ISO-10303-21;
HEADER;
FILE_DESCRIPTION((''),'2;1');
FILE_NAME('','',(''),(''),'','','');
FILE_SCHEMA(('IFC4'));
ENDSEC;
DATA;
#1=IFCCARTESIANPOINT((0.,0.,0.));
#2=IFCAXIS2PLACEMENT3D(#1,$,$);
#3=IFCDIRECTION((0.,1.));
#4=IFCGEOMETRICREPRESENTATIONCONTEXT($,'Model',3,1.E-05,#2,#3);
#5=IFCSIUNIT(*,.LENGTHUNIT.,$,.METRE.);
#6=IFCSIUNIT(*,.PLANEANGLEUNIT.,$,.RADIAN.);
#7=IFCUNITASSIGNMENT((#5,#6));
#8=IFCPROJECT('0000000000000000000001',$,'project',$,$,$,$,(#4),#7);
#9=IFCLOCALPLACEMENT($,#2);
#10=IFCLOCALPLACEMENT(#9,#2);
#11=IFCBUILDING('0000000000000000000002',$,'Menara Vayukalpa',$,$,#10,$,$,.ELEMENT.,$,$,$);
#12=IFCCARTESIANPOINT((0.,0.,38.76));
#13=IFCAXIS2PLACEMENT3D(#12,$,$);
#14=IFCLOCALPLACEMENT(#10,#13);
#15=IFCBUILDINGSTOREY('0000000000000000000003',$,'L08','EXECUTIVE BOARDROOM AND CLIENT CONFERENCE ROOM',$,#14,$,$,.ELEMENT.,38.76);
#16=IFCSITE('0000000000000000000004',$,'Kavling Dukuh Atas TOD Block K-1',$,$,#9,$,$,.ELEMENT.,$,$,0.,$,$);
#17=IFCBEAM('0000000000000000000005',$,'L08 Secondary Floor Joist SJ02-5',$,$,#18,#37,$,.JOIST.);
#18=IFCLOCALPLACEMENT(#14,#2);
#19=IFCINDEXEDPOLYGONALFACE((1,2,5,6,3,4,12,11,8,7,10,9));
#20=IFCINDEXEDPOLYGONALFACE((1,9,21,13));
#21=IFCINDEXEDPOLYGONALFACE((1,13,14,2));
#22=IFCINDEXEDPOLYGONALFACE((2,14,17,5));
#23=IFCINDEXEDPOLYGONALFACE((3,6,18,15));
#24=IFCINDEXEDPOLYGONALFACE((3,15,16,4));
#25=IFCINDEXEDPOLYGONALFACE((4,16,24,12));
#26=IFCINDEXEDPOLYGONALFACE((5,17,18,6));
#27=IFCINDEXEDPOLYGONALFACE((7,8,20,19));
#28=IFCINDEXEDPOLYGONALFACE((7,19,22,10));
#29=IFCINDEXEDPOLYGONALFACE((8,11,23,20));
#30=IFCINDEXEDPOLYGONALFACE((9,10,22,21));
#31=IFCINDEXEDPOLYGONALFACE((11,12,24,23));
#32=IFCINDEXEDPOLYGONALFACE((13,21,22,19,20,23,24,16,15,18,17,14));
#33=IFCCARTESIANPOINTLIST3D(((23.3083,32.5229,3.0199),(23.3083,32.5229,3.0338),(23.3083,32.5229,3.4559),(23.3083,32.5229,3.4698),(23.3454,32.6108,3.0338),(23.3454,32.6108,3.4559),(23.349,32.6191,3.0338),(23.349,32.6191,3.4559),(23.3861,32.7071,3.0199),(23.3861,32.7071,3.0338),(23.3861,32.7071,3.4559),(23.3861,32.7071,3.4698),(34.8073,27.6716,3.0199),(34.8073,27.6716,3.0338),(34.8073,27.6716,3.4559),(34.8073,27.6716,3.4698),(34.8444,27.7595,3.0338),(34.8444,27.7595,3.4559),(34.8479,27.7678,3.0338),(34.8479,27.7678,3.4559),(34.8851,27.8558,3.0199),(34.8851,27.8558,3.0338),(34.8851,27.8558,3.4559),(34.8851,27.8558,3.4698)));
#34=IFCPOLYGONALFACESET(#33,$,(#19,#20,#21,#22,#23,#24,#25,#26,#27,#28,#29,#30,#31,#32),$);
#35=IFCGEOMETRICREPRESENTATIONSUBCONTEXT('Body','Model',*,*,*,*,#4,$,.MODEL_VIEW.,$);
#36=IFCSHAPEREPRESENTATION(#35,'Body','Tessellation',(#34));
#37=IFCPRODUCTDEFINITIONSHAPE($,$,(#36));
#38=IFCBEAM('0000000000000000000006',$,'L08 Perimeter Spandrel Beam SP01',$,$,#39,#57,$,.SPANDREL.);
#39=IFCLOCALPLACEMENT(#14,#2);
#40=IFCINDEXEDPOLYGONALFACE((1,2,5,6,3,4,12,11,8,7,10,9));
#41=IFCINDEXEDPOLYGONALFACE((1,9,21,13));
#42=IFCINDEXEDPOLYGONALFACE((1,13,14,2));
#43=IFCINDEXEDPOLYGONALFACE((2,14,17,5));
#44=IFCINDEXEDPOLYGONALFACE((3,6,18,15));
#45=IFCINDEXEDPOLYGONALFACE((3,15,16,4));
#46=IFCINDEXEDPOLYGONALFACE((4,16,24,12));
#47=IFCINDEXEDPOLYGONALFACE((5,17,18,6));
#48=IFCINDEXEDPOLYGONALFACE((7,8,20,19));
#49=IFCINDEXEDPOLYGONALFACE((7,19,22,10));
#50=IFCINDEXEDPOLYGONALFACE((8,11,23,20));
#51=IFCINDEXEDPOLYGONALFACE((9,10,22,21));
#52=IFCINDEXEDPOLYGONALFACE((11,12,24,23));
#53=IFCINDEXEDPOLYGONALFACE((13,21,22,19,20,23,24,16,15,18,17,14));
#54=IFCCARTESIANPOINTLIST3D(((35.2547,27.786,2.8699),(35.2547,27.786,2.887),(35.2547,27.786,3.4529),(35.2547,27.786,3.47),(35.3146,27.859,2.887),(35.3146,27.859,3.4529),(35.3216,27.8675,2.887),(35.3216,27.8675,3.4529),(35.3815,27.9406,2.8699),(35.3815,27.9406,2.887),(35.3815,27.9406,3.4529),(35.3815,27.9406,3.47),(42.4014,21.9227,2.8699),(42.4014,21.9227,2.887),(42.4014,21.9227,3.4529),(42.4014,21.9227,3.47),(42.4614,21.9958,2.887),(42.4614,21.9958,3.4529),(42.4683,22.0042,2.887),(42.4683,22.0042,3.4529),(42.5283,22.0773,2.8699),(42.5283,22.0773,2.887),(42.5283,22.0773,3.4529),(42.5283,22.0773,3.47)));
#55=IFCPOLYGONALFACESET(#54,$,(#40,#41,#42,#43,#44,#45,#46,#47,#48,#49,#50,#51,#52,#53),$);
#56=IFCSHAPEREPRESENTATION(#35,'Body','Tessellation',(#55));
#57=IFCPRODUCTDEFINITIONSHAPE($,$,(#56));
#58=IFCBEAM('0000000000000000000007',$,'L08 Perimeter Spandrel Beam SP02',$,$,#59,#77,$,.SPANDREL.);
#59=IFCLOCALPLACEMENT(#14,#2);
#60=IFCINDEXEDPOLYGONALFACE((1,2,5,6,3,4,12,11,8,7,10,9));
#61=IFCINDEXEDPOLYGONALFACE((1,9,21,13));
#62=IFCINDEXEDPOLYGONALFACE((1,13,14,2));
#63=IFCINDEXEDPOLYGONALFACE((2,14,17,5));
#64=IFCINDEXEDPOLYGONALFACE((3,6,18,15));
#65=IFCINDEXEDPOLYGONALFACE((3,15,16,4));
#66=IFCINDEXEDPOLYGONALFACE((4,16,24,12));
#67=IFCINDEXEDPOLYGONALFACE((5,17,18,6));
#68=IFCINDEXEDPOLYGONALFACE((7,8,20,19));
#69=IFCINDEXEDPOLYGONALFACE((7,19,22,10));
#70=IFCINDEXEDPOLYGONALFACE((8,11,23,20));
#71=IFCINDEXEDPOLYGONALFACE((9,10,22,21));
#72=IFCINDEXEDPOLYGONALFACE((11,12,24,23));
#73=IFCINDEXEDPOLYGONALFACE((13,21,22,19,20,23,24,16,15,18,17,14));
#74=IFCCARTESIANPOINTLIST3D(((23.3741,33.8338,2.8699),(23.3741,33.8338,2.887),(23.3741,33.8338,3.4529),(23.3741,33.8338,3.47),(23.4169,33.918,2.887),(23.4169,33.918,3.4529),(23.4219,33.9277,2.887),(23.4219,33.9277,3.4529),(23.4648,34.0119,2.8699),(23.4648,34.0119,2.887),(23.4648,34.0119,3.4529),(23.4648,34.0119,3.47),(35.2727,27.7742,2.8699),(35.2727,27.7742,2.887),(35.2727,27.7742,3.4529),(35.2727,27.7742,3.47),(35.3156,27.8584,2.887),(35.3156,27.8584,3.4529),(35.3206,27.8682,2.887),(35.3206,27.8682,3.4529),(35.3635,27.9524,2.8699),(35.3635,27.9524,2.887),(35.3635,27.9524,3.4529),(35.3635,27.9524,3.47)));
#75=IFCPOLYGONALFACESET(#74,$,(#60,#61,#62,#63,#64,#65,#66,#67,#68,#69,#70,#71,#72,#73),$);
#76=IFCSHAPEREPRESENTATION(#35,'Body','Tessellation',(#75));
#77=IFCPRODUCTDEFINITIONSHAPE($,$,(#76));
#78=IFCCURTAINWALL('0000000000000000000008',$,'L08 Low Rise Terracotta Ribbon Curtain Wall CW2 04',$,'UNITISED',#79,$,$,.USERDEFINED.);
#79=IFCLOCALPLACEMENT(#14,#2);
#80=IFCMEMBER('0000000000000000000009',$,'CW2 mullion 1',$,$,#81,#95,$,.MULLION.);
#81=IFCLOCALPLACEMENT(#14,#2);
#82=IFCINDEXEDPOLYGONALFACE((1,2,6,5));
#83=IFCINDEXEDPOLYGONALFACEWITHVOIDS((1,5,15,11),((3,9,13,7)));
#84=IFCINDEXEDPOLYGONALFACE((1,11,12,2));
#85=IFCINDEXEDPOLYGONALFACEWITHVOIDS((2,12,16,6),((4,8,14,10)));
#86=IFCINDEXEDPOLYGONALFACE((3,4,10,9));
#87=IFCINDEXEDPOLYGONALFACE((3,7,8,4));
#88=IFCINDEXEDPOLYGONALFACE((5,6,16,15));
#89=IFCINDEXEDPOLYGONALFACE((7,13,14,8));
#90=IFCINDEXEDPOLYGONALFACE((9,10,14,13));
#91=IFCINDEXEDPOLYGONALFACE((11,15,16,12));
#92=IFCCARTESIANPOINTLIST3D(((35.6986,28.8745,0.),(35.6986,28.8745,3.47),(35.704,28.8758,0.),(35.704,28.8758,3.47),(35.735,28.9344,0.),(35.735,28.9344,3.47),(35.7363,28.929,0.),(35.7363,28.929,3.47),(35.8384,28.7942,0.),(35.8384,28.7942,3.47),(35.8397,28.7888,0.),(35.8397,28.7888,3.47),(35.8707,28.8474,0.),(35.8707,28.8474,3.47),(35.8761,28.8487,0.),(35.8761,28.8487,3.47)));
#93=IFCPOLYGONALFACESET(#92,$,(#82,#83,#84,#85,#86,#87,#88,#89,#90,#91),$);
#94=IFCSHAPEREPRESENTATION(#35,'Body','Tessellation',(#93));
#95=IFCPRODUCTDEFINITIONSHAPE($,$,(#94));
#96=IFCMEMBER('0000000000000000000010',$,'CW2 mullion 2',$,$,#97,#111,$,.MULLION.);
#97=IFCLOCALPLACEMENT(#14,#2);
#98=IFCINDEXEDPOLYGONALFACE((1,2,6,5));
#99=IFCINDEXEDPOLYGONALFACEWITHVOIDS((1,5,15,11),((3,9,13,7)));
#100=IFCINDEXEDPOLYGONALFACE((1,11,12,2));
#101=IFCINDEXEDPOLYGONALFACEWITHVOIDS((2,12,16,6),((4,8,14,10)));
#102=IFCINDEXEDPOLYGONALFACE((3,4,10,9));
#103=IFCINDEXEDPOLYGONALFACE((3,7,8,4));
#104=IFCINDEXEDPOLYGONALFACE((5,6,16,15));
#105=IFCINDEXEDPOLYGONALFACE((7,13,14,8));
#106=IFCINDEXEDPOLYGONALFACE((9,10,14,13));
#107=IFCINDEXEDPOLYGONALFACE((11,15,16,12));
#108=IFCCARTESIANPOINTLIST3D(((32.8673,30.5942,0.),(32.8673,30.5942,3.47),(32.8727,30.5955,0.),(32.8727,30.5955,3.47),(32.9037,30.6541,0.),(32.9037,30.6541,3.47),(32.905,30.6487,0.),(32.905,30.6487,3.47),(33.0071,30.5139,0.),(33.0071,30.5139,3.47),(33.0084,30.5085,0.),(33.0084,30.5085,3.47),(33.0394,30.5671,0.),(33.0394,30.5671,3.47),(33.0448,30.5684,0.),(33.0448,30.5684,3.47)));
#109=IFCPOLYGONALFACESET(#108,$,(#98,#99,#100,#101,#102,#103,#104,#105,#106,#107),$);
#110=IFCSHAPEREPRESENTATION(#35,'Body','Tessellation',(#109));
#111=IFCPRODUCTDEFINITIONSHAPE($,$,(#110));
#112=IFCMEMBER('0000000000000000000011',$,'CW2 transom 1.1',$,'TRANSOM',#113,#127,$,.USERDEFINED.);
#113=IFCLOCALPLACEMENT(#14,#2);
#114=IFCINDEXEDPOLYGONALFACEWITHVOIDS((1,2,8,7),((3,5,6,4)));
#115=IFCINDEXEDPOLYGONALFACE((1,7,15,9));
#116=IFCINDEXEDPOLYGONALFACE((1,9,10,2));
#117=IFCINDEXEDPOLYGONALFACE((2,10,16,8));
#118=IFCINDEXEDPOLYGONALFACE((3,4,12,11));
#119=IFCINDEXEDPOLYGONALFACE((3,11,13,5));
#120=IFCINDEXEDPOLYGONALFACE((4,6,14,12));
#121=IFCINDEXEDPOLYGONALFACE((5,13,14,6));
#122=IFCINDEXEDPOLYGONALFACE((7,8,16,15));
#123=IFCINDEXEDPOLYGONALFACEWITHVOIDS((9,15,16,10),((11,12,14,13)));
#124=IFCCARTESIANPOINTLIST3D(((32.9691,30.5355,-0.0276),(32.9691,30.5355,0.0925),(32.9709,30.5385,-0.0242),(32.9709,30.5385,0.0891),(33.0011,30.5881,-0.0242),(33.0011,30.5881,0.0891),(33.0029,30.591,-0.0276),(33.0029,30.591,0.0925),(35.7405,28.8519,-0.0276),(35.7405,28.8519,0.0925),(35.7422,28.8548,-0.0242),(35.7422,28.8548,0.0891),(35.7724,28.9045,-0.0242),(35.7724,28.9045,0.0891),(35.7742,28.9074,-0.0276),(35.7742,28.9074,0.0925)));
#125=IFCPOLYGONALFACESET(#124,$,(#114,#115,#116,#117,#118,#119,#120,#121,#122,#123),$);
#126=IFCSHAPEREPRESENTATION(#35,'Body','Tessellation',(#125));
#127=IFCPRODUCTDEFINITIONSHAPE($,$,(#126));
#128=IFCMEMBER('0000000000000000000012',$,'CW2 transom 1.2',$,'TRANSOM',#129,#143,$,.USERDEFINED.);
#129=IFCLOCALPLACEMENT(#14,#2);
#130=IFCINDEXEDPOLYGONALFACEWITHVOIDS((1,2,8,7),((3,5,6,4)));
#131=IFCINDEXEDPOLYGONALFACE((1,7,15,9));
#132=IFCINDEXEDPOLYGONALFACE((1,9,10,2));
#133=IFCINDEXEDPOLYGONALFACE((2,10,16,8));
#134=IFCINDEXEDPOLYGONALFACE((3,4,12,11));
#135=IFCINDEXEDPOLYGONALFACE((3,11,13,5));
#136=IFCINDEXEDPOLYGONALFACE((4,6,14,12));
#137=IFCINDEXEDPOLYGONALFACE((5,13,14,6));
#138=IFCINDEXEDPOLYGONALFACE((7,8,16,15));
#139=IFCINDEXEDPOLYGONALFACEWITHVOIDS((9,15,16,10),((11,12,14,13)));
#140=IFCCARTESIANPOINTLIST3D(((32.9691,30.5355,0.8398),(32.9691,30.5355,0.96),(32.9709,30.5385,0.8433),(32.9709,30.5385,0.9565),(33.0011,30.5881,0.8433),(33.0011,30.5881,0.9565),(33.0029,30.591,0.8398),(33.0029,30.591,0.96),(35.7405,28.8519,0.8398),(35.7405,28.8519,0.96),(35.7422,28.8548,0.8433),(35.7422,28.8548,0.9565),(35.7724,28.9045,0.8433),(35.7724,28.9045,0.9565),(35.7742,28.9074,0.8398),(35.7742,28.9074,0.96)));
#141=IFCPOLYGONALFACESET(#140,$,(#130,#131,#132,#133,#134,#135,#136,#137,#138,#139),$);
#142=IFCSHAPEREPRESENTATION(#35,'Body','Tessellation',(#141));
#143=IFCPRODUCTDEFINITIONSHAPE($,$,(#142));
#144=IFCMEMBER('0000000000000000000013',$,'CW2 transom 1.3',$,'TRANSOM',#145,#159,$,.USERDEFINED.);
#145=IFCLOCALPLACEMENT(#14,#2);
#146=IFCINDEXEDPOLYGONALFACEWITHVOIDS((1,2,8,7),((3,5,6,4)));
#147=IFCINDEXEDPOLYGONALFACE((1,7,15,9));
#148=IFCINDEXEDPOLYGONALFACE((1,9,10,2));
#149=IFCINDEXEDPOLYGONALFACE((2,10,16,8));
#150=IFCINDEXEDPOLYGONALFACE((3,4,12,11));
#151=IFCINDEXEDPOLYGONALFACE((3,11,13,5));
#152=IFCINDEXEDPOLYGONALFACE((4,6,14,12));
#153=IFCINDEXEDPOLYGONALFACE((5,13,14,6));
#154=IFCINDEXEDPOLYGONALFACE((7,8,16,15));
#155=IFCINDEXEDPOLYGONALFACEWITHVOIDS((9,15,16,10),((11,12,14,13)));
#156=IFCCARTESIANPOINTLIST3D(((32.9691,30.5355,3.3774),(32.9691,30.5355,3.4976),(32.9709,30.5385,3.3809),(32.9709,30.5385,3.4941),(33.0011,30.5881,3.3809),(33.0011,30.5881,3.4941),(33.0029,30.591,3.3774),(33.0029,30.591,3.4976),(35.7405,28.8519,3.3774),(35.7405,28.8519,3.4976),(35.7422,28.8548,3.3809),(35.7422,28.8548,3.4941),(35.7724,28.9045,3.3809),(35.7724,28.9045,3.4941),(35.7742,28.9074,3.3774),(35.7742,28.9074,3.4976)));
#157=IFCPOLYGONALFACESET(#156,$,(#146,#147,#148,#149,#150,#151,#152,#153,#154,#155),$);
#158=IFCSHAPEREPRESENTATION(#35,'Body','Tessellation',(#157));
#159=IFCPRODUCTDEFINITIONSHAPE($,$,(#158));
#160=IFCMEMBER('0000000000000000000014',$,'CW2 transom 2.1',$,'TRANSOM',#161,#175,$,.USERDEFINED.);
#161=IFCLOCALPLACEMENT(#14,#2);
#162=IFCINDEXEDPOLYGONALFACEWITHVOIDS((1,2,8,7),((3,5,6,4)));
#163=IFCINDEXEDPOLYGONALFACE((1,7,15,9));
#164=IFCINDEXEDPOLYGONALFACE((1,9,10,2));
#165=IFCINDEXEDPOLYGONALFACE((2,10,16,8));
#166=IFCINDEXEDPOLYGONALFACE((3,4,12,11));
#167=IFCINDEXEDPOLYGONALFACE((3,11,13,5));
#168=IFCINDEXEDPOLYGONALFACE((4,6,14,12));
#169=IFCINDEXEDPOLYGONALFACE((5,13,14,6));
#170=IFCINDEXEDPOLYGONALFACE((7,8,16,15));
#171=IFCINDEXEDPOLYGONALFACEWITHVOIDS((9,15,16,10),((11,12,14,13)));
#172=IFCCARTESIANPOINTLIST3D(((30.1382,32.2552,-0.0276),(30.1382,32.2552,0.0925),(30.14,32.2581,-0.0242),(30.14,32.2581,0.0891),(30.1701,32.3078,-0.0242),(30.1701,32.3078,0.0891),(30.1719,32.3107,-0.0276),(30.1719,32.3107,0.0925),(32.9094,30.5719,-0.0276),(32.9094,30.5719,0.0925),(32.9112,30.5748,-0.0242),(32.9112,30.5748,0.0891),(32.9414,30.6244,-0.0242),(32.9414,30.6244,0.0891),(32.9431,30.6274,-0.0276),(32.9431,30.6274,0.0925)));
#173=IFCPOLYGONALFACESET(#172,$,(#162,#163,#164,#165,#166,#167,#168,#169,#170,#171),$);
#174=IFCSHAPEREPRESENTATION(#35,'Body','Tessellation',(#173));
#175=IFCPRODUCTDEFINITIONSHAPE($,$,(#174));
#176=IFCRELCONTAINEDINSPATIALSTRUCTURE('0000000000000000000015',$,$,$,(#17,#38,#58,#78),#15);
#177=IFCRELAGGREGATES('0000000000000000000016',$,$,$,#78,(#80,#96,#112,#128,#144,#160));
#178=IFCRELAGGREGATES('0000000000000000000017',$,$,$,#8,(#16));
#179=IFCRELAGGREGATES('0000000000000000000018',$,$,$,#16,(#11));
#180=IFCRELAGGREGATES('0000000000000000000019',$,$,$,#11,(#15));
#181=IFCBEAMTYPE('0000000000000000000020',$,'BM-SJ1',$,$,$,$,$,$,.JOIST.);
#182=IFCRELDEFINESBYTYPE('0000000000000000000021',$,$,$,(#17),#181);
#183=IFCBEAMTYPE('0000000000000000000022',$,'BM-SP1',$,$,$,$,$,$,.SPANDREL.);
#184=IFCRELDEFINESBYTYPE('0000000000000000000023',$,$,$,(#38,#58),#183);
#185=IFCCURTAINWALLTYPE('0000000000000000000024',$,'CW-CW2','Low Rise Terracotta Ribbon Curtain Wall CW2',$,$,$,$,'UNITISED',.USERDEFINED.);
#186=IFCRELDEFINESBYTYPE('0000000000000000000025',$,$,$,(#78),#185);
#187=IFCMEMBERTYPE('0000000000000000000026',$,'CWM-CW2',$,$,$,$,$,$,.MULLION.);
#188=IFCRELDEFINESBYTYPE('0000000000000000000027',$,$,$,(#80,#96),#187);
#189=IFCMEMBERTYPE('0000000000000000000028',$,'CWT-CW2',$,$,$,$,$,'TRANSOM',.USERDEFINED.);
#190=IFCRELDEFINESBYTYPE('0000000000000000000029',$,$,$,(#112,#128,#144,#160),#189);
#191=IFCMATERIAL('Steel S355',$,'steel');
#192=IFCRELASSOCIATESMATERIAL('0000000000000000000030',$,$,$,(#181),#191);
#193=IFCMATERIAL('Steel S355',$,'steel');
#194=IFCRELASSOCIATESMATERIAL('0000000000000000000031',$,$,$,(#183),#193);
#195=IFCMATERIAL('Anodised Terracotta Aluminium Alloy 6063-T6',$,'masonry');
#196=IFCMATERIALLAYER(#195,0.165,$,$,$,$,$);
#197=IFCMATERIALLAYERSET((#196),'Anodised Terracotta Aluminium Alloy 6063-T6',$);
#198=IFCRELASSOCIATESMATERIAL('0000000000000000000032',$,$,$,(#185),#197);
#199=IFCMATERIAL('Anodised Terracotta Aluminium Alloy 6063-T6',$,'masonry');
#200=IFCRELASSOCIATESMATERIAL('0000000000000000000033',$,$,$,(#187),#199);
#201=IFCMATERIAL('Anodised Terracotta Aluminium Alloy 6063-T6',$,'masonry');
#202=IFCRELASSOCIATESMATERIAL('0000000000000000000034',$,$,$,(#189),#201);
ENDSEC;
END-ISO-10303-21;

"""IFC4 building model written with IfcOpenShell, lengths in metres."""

from ifc_helpers import new_model, si_unit, direction, frame, origin, origin_2d, place, context, subcontext, project, spatial, hollow_rectangle, i_section, extrude, material, layer, layer_set, material_profile, profile_set, type_object, element, aggregate, save


model = new_model("IFC4")

# Units and contexts
model_context = context("Model", 3, precision=1e-05, world=origin(), true_north=direction((0.0, 1.0)))
body_context = subcontext(model_context, "Body", "Model", "MODEL_VIEW")
ifc_project = project(units=[si_unit("LENGTHUNIT", "METRE"), si_unit("PLANEANGLEUNIT", "RADIAN")], contexts=[model_context])

# Site, building, storey
site_placement = place(None, origin())
site = spatial("IfcSite", under=ifc_project, at=site_placement, Name="Kavling Dukuh Atas TOD Block K-1", CompositionType="ELEMENT", RefElevation=0.0)
building_placement = place(site_placement, origin())
building = spatial("IfcBuilding", under=site, at=building_placement, Name="Menara Vayukalpa", CompositionType="ELEMENT")
storey_placement = place(building_placement, frame((0.0, 0.0, 38.76)))
storey = spatial("IfcBuildingStorey", under=building, at=storey_placement, Name="L08", Description="EXECUTIVE BOARDROOM AND CLIENT CONFERENCE ROOM", CompositionType="ELEMENT", Elevation=38.76)

# Beams
ifc_material_1 = material(Name="Steel S355", Category="steel")
ifc_material_profile_1 = material_profile(ifc_material_1, i_section(OverallWidth=0.2, OverallDepth=0.45, WebThickness=0.009, FlangeThickness=0.0139, at=origin_2d()), Name="WF 450x200x9x14")
ifc_profile_set_1 = profile_set([ifc_material_profile_1], Name="Steel S355")
beam_type_1 = type_object("IfcBeamType", Name="BM-SJ1", PredefinedType="JOIST", material=ifc_profile_set_1)
beam_1_placement = place(storey_placement, frame((34.8462, 27.7637, 3.2449), z_axis=(-0.921359, 0.388712, 0.0), x_axis=(-0.388712, -0.921359, 0.0)))
element("IfcBeam", 1, at=beam_1_placement, inside=storey, type_object=beam_type_1, Name="L08 Secondary Floor Joist SJ02-5", PredefinedType="JOIST", context=body_context, shape_type="SweptSolid", body=[
    extrude(i_section(OverallWidth=0.2, OverallDepth=0.45, WebThickness=0.009, FlangeThickness=0.0139, at=origin_2d()), origin(), (0.0, 0.0, 1.0), 12.4805),
])
ifc_material_2 = material(Name="Steel S355", Category="steel")
ifc_material_profile_2 = material_profile(ifc_material_2, i_section(OverallWidth=0.2, OverallDepth=0.6001, WebThickness=0.011, FlangeThickness=0.0171, at=origin_2d()), Name="WF 600x200x11x17")
ifc_profile_set_2 = profile_set([ifc_material_profile_2], Name="Steel S355")
beam_type_2 = type_object("IfcBeamType", Name="BM-SP1", PredefinedType="SPANDREL", material=ifc_profile_set_2)
beam_2_placement = place(storey_placement, frame((42.4648, 22.0, 3.1699), z_axis=(-0.773111, 0.634271, 0.0), x_axis=(-0.634271, -0.773111, 0.0)))
element("IfcBeam", 2, at=beam_2_placement, inside=storey, type_object=beam_type_2, Name="L08 Perimeter Spandrel Beam SP01", PredefinedType="SPANDREL", context=body_context, shape_type="SweptSolid", body=[
    extrude(i_section(OverallWidth=0.2, OverallDepth=0.6001, WebThickness=0.011, FlangeThickness=0.0171, at=origin_2d()), origin(), (0.0, 0.0, 1.0), 9.2441),
])
beam_3_placement = place(storey_placement, frame((35.3181, 27.8633, 3.1699), z_axis=(-0.891101, 0.453806, 0.0), x_axis=(-0.453806, -0.891101, 0.0)))
element("IfcBeam", 3, at=beam_3_placement, inside=storey, type_object=beam_type_2, Name="L08 Perimeter Spandrel Beam SP02", PredefinedType="SPANDREL", context=body_context, shape_type="SweptSolid", body=[
    extrude(i_section(OverallWidth=0.2, OverallDepth=0.6001, WebThickness=0.011, FlangeThickness=0.0171, at=origin_2d()), origin(), (0.0, 0.0, 1.0), 13.3528),
])

# Curtain wall, members
ifc_material_3 = material(Name="Anodised Terracotta Aluminium Alloy 6063-T6", Category="masonry")
ifc_layer_1 = layer(ifc_material_3, 0.165)
ifc_layer_set_1 = layer_set([ifc_layer_1], Name="Anodised Terracotta Aluminium Alloy 6063-T6")
curtain_wall_type = type_object("IfcCurtainWallType", Name="CW-CW2", Description="Low Rise Terracotta Ribbon Curtain Wall CW2", ElementType="UNITISED", PredefinedType="USERDEFINED", material=ifc_layer_set_1)
curtain_wall_placement = place(storey_placement, origin())
curtain_wall = element("IfcCurtainWall", 4, at=curtain_wall_placement, inside=storey, type_object=curtain_wall_type, Name="L08 Low Rise Terracotta Ribbon Curtain Wall CW2 04", ObjectType="UNITISED", PredefinedType="USERDEFINED")
ifc_material_4 = material(Name="Anodised Terracotta Aluminium Alloy 6063-T6", Category="masonry")
ifc_material_profile_3 = material_profile(ifc_material_4, hollow_rectangle(XDim=0.0701, YDim=0.165, WallThickness=0.0039, at=origin_2d()), Name="ALU 70x165x4")
ifc_profile_set_3 = profile_set([ifc_material_profile_3], Name="Anodised Terracotta Aluminium Alloy 6063-T6")
member_type_1 = type_object("IfcMemberType", Name="CWM-CW2", PredefinedType="MULLION", material=ifc_profile_set_3)
member_1_placement = place(storey_placement, frame((35.7874, 28.8616, 0.0), z_axis=(0.0, 0.0, 1.0), x_axis=(-0.519182, -0.854664, 0.0)))
member_1 = element("IfcMember", 5, at=member_1_placement, type_object=member_type_1, Name="CW2 mullion 1", PredefinedType="MULLION", context=body_context, shape_type="SweptSolid", body=[
    extrude(hollow_rectangle(XDim=0.0701, YDim=0.165, WallThickness=0.0039, at=origin_2d()), origin(), (0.0, 0.0, 1.0), 3.47),
])
member_2_placement = place(storey_placement, frame((32.9561, 30.5813, 0.0), z_axis=(0.0, 0.0, 1.0), x_axis=(-0.519182, -0.854664, 0.0)))
member_2 = element("IfcMember", 6, at=member_2_placement, type_object=member_type_1, Name="CW2 mullion 2", PredefinedType="MULLION", context=body_context, shape_type="SweptSolid", body=[
    extrude(hollow_rectangle(XDim=0.0701, YDim=0.165, WallThickness=0.0039, at=origin_2d()), origin(), (0.0, 0.0, 1.0), 3.47),
])
ifc_material_5 = material(Name="Anodised Terracotta Aluminium Alloy 6063-T6", Category="masonry")
ifc_material_profile_4 = material_profile(ifc_material_5, hollow_rectangle(XDim=0.0649, YDim=0.1201, WallThickness=0.0034, at=origin_2d()), Name="ALU 65x120x3.5")
ifc_profile_set_4 = profile_set([ifc_material_profile_4], Name="Anodised Terracotta Aluminium Alloy 6063-T6")
member_type_2 = type_object("IfcMemberType", Name="CWT-CW2", ElementType="TRANSOM", PredefinedType="USERDEFINED", material=ifc_profile_set_4)
member_3_placement = place(storey_placement, frame((35.7573, 28.8796, 0.0325), z_axis=(-0.854643, 0.519216, 0.0), x_axis=(-0.519216, -0.854643, 0.0)))
member_3 = element("IfcMember", 7, at=member_3_placement, type_object=member_type_2, Name="CW2 transom 1.1", ObjectType="TRANSOM", PredefinedType="USERDEFINED", context=body_context, shape_type="SweptSolid", body=[
    extrude(hollow_rectangle(XDim=0.0649, YDim=0.1201, WallThickness=0.0034, at=origin_2d()), origin(), (0.0, 0.0, 1.0), 3.2427),
])
member_4_placement = place(storey_placement, frame((35.7573, 28.8796, 0.8999), z_axis=(-0.854643, 0.519216, 0.0), x_axis=(-0.519216, -0.854643, 0.0)))
member_4 = element("IfcMember", 8, at=member_4_placement, type_object=member_type_2, Name="CW2 transom 1.2", ObjectType="TRANSOM", PredefinedType="USERDEFINED", context=body_context, shape_type="SweptSolid", body=[
    extrude(hollow_rectangle(XDim=0.0649, YDim=0.1201, WallThickness=0.0034, at=origin_2d()), origin(), (0.0, 0.0, 1.0), 3.2427),
])
member_5_placement = place(storey_placement, frame((35.7573, 28.8796, 3.4375), z_axis=(-0.854643, 0.519216, 0.0), x_axis=(-0.519216, -0.854643, 0.0)))
member_5 = element("IfcMember", 9, at=member_5_placement, type_object=member_type_2, Name="CW2 transom 1.3", ObjectType="TRANSOM", PredefinedType="USERDEFINED", context=body_context, shape_type="SweptSolid", body=[
    extrude(hollow_rectangle(XDim=0.0649, YDim=0.1201, WallThickness=0.0034, at=origin_2d()), origin(), (0.0, 0.0, 1.0), 3.2427),
])
member_6_placement = place(storey_placement, frame((32.9263, 30.5996, 0.0325), z_axis=(-0.854677, 0.519161, 0.0), x_axis=(-0.519161, -0.854677, 0.0)))
member_6 = element("IfcMember", 10, at=member_6_placement, type_object=member_type_2, Name="CW2 transom 2.1", ObjectType="TRANSOM", PredefinedType="USERDEFINED", context=body_context, shape_type="SweptSolid", body=[
    extrude(hollow_rectangle(XDim=0.0649, YDim=0.1201, WallThickness=0.0034, at=origin_2d()), origin(), (0.0, 0.0, 1.0), 3.2424),
])
aggregate(curtain_wall, [member_1, member_2, member_3, member_4, member_5, member_6])

save(model, "model.ifc")
